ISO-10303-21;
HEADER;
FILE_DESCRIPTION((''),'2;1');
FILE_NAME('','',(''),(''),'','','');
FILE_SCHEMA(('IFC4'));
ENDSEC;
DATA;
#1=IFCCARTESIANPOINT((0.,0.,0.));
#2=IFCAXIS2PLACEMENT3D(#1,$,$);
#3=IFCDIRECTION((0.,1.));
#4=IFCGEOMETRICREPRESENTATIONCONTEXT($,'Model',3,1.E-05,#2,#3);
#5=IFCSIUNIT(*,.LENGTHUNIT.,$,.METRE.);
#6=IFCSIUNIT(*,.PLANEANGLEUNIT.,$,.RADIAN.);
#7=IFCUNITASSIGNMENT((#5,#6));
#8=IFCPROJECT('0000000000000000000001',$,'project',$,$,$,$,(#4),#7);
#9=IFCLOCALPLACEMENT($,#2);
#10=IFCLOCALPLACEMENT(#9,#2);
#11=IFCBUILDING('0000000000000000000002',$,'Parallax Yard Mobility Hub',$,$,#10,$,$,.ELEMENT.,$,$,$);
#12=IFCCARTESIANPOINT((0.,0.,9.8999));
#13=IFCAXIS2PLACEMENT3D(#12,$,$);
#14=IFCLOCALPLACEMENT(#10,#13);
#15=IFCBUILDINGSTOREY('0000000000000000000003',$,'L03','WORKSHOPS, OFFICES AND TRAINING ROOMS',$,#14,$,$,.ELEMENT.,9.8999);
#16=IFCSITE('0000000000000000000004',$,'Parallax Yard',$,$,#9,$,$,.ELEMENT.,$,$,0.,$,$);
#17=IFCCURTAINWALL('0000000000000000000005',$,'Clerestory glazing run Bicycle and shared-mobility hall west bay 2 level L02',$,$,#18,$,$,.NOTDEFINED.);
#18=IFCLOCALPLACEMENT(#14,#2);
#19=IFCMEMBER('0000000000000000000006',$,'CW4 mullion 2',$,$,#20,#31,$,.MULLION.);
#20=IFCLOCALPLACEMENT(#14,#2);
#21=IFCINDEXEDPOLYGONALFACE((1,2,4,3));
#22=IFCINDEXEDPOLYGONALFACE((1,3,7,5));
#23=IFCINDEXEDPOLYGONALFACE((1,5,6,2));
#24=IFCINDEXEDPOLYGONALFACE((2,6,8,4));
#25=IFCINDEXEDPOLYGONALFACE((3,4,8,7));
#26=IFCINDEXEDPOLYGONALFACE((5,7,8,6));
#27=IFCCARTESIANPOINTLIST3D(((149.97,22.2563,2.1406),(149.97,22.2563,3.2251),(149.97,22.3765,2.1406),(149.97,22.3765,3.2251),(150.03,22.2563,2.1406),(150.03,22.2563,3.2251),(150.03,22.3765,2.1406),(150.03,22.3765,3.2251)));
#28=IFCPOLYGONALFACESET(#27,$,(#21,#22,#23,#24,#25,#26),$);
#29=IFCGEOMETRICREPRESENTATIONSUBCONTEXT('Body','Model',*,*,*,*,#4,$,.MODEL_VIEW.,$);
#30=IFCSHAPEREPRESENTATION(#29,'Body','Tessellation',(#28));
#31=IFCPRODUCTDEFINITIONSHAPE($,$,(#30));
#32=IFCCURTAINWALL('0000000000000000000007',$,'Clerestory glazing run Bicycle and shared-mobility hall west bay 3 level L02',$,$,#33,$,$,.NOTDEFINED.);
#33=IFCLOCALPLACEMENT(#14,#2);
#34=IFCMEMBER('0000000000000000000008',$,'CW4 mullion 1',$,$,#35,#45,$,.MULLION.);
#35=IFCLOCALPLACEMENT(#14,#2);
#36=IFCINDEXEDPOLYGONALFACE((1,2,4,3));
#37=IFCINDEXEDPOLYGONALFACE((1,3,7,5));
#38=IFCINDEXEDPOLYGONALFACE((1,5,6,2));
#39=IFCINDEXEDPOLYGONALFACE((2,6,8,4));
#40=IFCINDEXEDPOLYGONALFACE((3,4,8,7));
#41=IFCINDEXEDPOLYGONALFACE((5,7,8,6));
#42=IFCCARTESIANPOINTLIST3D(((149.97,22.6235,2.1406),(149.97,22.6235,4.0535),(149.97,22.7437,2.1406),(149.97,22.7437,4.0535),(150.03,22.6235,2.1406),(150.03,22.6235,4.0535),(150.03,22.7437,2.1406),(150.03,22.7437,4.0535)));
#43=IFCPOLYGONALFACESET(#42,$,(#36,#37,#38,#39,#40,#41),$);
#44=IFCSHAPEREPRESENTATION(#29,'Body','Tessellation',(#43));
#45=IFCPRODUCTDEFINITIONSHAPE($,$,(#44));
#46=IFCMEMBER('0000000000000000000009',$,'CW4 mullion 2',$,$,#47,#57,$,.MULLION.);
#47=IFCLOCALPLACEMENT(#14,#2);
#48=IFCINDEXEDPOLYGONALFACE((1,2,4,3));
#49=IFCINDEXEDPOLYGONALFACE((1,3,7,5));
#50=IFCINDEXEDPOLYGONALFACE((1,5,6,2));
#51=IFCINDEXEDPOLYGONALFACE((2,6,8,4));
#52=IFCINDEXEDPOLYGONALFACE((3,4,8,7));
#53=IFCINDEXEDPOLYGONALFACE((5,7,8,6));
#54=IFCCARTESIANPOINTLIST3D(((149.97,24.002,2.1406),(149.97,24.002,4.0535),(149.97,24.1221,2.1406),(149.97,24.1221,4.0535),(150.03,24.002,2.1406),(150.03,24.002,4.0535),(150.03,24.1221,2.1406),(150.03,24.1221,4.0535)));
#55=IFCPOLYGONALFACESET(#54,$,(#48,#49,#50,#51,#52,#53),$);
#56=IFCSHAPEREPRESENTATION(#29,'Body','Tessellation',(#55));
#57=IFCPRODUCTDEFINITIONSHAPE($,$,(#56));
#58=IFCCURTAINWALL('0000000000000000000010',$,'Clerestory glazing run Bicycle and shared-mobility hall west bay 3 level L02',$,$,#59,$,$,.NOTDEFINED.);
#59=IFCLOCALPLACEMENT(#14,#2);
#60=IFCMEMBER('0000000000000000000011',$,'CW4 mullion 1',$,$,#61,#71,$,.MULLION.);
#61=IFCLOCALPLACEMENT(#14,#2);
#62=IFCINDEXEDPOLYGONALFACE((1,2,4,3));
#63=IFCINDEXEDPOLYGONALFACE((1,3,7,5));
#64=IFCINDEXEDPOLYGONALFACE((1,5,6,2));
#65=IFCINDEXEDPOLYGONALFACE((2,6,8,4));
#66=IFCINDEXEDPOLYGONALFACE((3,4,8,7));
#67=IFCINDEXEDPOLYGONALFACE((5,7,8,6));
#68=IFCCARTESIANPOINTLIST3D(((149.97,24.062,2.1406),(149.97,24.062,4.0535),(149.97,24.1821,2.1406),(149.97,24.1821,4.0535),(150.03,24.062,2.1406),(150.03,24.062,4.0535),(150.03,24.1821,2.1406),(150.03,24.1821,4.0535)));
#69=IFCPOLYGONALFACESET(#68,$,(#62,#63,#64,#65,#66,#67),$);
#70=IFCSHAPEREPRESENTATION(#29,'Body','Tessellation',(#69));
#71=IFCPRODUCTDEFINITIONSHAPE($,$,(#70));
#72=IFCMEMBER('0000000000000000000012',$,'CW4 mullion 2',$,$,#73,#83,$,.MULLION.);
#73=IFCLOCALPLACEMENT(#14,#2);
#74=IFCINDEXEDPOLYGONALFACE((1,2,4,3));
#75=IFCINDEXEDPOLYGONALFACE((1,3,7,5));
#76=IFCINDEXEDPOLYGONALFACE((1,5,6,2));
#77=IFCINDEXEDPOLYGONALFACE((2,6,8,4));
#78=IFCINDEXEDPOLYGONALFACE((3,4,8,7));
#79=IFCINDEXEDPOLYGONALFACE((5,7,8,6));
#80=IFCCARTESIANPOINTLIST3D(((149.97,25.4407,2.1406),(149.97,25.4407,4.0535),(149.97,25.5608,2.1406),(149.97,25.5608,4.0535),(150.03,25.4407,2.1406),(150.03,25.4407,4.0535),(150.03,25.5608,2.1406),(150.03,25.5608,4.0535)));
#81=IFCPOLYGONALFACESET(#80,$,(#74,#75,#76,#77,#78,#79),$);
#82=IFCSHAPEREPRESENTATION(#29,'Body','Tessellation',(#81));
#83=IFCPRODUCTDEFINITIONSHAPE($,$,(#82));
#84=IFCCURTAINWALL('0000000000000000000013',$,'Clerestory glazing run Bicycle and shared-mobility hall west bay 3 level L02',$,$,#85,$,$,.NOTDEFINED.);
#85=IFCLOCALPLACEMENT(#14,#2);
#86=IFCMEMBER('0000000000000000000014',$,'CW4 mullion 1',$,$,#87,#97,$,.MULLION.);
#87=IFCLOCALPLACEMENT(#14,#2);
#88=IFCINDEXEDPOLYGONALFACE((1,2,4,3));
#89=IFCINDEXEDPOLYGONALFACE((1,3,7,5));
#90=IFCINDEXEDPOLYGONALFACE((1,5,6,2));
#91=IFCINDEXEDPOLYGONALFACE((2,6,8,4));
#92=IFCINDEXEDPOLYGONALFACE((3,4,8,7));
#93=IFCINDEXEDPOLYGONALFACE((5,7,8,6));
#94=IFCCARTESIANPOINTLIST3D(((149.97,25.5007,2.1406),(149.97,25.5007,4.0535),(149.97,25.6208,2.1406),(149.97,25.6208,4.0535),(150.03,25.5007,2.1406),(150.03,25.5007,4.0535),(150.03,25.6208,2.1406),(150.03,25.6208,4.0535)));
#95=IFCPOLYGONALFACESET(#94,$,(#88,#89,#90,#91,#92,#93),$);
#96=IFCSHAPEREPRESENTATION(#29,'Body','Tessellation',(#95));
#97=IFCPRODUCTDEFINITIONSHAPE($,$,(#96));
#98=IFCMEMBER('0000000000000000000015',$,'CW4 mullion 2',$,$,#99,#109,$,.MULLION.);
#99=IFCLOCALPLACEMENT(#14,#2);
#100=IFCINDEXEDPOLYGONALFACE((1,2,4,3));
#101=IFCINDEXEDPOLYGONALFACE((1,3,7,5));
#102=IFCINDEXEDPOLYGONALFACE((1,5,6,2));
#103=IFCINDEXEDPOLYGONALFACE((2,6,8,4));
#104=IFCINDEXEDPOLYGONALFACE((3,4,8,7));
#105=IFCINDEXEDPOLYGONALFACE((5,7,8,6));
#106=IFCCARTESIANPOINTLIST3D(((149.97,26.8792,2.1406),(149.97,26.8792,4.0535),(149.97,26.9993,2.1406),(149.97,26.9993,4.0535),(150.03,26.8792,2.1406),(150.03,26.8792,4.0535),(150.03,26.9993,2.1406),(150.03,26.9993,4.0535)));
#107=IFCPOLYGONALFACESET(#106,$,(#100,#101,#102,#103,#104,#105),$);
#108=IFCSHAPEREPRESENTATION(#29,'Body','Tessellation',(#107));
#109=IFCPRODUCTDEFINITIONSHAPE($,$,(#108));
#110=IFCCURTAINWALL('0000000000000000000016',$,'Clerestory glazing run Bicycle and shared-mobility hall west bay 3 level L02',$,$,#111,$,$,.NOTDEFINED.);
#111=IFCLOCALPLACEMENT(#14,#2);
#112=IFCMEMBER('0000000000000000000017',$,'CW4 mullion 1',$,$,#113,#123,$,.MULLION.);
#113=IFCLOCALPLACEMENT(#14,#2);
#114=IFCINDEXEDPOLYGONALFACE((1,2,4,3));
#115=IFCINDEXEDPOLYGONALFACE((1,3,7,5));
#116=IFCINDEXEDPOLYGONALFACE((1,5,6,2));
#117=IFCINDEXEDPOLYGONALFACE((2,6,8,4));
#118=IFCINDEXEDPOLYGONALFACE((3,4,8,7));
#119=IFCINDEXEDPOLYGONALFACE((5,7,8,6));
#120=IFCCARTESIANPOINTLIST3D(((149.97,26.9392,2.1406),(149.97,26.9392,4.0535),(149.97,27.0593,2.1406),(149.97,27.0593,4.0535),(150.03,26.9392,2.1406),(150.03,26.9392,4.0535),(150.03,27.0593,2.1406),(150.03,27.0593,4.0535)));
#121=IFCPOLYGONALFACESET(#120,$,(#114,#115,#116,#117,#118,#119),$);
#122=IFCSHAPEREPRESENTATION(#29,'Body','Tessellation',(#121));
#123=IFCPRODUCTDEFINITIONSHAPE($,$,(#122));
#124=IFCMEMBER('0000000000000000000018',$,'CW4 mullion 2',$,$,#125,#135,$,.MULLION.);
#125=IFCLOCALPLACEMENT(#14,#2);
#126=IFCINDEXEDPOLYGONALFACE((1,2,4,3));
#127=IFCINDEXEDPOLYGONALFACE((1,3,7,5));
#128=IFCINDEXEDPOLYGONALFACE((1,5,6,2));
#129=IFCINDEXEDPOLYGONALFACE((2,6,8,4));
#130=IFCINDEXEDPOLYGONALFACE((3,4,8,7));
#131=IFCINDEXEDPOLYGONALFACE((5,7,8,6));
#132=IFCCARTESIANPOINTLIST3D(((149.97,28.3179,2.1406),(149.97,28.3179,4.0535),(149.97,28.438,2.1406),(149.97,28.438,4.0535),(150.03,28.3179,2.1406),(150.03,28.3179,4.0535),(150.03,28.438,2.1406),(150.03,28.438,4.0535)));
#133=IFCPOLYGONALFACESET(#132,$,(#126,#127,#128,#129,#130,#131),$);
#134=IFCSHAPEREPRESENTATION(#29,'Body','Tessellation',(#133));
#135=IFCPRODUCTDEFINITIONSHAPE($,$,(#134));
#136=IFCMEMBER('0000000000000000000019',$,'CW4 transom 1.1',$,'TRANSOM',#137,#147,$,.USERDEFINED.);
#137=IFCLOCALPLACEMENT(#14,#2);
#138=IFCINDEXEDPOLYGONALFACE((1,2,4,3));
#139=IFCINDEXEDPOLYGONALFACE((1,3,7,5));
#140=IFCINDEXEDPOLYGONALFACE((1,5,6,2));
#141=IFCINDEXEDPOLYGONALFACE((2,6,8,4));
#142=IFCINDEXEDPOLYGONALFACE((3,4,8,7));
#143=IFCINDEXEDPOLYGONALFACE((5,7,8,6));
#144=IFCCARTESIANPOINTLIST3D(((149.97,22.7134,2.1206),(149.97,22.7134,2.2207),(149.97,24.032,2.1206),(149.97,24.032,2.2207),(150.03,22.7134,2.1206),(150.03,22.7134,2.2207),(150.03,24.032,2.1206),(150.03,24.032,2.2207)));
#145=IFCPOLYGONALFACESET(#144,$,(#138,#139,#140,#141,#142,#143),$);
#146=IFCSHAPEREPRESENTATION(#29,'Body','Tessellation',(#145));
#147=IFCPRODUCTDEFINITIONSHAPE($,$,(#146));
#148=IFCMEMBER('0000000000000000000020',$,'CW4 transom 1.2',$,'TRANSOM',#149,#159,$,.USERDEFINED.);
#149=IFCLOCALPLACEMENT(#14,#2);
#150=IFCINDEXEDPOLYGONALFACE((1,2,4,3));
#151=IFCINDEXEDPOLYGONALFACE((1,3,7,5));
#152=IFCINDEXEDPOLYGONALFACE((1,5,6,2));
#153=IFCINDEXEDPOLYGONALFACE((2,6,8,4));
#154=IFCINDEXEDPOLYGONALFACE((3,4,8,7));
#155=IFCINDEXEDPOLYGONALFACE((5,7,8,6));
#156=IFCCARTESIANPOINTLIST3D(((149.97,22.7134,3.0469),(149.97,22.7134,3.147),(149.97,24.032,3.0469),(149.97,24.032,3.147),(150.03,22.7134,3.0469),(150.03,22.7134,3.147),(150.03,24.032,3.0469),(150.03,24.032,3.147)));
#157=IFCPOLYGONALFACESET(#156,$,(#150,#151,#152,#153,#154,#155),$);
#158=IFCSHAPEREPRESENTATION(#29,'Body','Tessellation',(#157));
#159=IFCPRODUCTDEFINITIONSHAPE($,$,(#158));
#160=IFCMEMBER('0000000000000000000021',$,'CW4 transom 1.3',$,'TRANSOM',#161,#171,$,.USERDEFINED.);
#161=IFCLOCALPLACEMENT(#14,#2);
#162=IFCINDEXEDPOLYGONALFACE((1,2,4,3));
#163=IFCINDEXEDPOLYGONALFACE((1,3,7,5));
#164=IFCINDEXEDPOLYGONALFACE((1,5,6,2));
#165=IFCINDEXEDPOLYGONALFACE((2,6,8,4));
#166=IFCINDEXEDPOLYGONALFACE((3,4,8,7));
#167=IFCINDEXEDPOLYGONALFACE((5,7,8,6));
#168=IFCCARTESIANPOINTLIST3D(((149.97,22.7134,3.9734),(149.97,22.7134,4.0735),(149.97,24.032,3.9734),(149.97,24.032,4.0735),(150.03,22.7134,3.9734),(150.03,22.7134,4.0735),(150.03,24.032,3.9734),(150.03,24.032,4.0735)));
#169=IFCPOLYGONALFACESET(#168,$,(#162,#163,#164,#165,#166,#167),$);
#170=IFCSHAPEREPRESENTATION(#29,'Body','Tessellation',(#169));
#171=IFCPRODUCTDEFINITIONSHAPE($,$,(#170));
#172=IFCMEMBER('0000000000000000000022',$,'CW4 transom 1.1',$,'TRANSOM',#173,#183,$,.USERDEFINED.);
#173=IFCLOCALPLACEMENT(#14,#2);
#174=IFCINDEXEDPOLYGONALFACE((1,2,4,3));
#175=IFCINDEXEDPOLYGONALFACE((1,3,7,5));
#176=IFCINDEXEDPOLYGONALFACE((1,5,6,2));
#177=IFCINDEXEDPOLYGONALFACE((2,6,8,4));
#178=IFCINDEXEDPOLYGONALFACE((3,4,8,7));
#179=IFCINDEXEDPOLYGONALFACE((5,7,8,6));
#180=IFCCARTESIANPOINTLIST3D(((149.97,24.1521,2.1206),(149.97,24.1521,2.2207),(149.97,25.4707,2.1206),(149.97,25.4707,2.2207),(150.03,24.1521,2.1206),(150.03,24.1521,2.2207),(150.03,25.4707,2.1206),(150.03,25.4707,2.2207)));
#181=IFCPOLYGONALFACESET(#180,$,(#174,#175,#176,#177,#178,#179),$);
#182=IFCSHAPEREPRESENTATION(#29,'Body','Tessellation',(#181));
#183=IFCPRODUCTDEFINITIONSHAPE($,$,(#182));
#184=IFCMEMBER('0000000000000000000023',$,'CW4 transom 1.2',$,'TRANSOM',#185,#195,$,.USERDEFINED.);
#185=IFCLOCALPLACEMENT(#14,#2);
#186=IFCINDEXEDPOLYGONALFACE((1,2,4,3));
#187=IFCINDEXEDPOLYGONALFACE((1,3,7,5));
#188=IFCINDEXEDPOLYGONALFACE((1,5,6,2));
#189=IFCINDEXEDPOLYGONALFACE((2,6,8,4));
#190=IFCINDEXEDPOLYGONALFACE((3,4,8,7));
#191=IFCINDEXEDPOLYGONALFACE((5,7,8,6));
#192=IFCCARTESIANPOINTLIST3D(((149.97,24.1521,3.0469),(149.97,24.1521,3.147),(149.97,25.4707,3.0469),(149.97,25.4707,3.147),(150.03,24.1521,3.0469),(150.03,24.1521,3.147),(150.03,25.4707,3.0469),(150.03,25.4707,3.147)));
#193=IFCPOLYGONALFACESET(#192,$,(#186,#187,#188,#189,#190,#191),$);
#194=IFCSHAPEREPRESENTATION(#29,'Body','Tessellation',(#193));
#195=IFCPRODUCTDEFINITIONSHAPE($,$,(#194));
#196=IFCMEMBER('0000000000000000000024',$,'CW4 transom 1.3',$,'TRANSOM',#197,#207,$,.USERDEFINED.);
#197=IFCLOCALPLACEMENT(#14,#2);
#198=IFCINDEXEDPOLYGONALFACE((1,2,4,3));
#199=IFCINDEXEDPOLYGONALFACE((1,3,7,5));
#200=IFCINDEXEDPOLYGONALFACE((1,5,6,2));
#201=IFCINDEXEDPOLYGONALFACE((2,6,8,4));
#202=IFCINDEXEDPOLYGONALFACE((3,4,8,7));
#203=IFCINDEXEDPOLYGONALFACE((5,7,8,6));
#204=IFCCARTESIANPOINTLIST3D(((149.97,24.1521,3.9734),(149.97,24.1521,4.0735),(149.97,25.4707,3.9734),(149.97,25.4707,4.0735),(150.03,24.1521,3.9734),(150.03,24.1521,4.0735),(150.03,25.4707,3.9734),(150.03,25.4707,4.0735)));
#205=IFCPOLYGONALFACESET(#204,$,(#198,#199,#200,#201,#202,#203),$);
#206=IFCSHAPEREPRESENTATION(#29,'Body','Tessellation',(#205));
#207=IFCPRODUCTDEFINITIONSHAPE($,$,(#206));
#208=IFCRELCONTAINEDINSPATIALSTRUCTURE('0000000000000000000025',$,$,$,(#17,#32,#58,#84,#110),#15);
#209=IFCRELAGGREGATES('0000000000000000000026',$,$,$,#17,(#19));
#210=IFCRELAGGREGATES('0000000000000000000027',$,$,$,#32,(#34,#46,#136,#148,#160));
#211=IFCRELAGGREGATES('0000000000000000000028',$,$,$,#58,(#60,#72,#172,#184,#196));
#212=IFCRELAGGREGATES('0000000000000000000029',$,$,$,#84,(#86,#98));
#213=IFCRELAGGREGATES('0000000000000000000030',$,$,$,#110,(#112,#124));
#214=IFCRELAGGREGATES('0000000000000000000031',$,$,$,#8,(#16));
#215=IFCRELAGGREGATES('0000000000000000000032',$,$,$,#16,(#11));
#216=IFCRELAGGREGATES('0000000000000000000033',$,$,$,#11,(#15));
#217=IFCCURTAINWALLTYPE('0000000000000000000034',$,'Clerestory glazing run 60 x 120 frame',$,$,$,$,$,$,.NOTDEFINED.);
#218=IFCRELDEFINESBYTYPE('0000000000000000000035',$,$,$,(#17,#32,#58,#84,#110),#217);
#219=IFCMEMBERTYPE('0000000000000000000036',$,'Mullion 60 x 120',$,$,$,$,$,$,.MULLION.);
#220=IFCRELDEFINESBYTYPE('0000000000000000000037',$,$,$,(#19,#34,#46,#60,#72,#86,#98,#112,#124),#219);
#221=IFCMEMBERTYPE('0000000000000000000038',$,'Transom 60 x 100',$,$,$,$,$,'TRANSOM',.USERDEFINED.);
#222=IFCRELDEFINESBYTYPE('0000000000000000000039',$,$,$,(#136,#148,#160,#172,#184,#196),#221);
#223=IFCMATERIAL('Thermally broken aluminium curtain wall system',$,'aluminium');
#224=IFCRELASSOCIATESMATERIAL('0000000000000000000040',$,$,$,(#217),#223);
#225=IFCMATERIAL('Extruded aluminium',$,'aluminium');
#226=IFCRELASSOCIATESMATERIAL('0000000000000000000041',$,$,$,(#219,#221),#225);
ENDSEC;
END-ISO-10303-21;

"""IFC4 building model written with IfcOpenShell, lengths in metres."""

from ifc_helpers import new_model, si_unit, direction, frame, origin, origin_2d, place, context, subcontext, project, spatial, rectangle, extrude, material, material_profile, profile_set, type_object, element, aggregate, save


model = new_model("IFC4")

# Units and contexts
model_context = context("Model", 3, precision=1e-05, world=origin(), true_north=direction((0.0, 1.0)))
body_context = subcontext(model_context, "Body", "Model", "MODEL_VIEW")
ifc_project = project(units=[si_unit("LENGTHUNIT", "METRE"), si_unit("PLANEANGLEUNIT", "RADIAN")], contexts=[model_context])

# Site, building, storey
site_placement = place(None, origin())
site = spatial("IfcSite", under=ifc_project, at=site_placement, Name="Parallax Yard", CompositionType="ELEMENT", RefElevation=0.0)
building_placement = place(site_placement, origin())
building = spatial("IfcBuilding", under=site, at=building_placement, Name="Parallax Yard Mobility Hub", CompositionType="ELEMENT")
storey_placement = place(building_placement, frame((0.0, 0.0, 9.8999)))
storey = spatial("IfcBuildingStorey", under=building, at=storey_placement, Name="L03", Description="WORKSHOPS, OFFICES AND TRAINING ROOMS", CompositionType="ELEMENT", Elevation=9.8999)

# Curtain wall, member
ifc_material_1 = material(Name="Thermally broken aluminium curtain wall system", Category="aluminium")
curtain_wall_type = type_object("IfcCurtainWallType", Name="Clerestory glazing run 60 x 120 frame", PredefinedType="NOTDEFINED", material=ifc_material_1)
curtain_wall_1_placement = place(storey_placement, origin())
curtain_wall_1 = element("IfcCurtainWall", 1, at=curtain_wall_1_placement, inside=storey, type_object=curtain_wall_type, Name="Clerestory glazing run Bicycle and shared-mobility hall west bay 2 level L02", PredefinedType="NOTDEFINED")
ifc_material_2 = material(Name="Extruded aluminium", Category="aluminium")
ifc_material_profile_1 = material_profile(ifc_material_2, rectangle(XDim=0.0601, YDim=0.1201, at=origin_2d()), Name="Mullion 60 x 120")
ifc_profile_set_1 = profile_set([ifc_material_profile_1], Name="Extruded aluminium")
member_type_1 = type_object("IfcMemberType", Name="Mullion 60 x 120", PredefinedType="MULLION", material=ifc_profile_set_1)
member_1_placement = place(storey_placement, frame((150.0, 22.3164, 2.1406), z_axis=(0.0, 0.0, 1.0), x_axis=(-1.0, 0.0, 0.0)))
member_1 = element("IfcMember", 2, at=member_1_placement, type_object=member_type_1, Name="CW4 mullion 2", PredefinedType="MULLION", context=body_context, shape_type="SweptSolid", body=[
    extrude(rectangle(XDim=0.0601, YDim=0.1201, at=origin_2d()), origin(), (0.0, 0.0, 1.0), 1.0845),
])

# Curtain walls, members
curtain_wall_2_placement = place(storey_placement, origin())
curtain_wall_2 = element("IfcCurtainWall", 3, at=curtain_wall_2_placement, inside=storey, type_object=curtain_wall_type, Name="Clerestory glazing run Bicycle and shared-mobility hall west bay 3 level L02", PredefinedType="NOTDEFINED")
member_2_placement = place(storey_placement, frame((150.0, 22.6836, 2.1406), z_axis=(0.0, 0.0, 1.0), x_axis=(-1.0, 0.0, 0.0)))
member_2 = element("IfcMember", 4, at=member_2_placement, type_object=member_type_1, Name="CW4 mullion 1", PredefinedType="MULLION", context=body_context, shape_type="SweptSolid", body=[
    extrude(rectangle(XDim=0.0601, YDim=0.1201, at=origin_2d()), origin(), (0.0, 0.0, 1.0), 1.9128),
])
member_3_placement = place(storey_placement, frame((150.0, 24.062, 2.1406), z_axis=(0.0, 0.0, 1.0), x_axis=(-1.0, 0.0, 0.0)))
member_3 = element("IfcMember", 5, at=member_3_placement, type_object=member_type_1, Name="CW4 mullion 2", PredefinedType="MULLION", context=body_context, shape_type="SweptSolid", body=[
    extrude(rectangle(XDim=0.0601, YDim=0.1201, at=origin_2d()), origin(), (0.0, 0.0, 1.0), 1.9128),
])
curtain_wall_3_placement = place(storey_placement, origin())
curtain_wall_3 = element("IfcCurtainWall", 6, at=curtain_wall_3_placement, inside=storey, type_object=curtain_wall_type, Name="Clerestory glazing run Bicycle and shared-mobility hall west bay 3 level L02", PredefinedType="NOTDEFINED")
member_4_placement = place(storey_placement, frame((150.0, 24.1221, 2.1406), z_axis=(0.0, 0.0, 1.0), x_axis=(-1.0, 0.0, 0.0)))
member_4 = element("IfcMember", 7, at=member_4_placement, type_object=member_type_1, Name="CW4 mullion 1", PredefinedType="MULLION", context=body_context, shape_type="SweptSolid", body=[
    extrude(rectangle(XDim=0.0601, YDim=0.1201, at=origin_2d()), origin(), (0.0, 0.0, 1.0), 1.9128),
])
member_5_placement = place(storey_placement, frame((150.0, 25.5007, 2.1406), z_axis=(0.0, 0.0, 1.0), x_axis=(-1.0, 0.0, 0.0)))
member_5 = element("IfcMember", 8, at=member_5_placement, type_object=member_type_1, Name="CW4 mullion 2", PredefinedType="MULLION", context=body_context, shape_type="SweptSolid", body=[
    extrude(rectangle(XDim=0.0601, YDim=0.1201, at=origin_2d()), origin(), (0.0, 0.0, 1.0), 1.9128),
])
curtain_wall_4_placement = place(storey_placement, origin())
curtain_wall_4 = element("IfcCurtainWall", 9, at=curtain_wall_4_placement, inside=storey, type_object=curtain_wall_type, Name="Clerestory glazing run Bicycle and shared-mobility hall west bay 3 level L02", PredefinedType="NOTDEFINED")
member_6_placement = place(storey_placement, frame((150.0, 25.5608, 2.1406), z_axis=(0.0, 0.0, 1.0), x_axis=(-1.0, 0.0, 0.0)))
member_6 = element("IfcMember", 10, at=member_6_placement, type_object=member_type_1, Name="CW4 mullion 1", PredefinedType="MULLION", context=body_context, shape_type="SweptSolid", body=[
    extrude(rectangle(XDim=0.0601, YDim=0.1201, at=origin_2d()), origin(), (0.0, 0.0, 1.0), 1.9128),
])
member_7_placement = place(storey_placement, frame((150.0, 26.9392, 2.1406), z_axis=(0.0, 0.0, 1.0), x_axis=(-1.0, 0.0, 0.0)))
member_7 = element("IfcMember", 11, at=member_7_placement, type_object=member_type_1, Name="CW4 mullion 2", PredefinedType="MULLION", context=body_context, shape_type="SweptSolid", body=[
    extrude(rectangle(XDim=0.0601, YDim=0.1201, at=origin_2d()), origin(), (0.0, 0.0, 1.0), 1.9128),
])
curtain_wall_5_placement = place(storey_placement, origin())
curtain_wall_5 = element("IfcCurtainWall", 12, at=curtain_wall_5_placement, inside=storey, type_object=curtain_wall_type, Name="Clerestory glazing run Bicycle and shared-mobility hall west bay 3 level L02", PredefinedType="NOTDEFINED")
member_8_placement = place(storey_placement, frame((150.0, 26.9993, 2.1406), z_axis=(0.0, 0.0, 1.0), x_axis=(-1.0, 0.0, 0.0)))
member_8 = element("IfcMember", 13, at=member_8_placement, type_object=member_type_1, Name="CW4 mullion 1", PredefinedType="MULLION", context=body_context, shape_type="SweptSolid", body=[
    extrude(rectangle(XDim=0.0601, YDim=0.1201, at=origin_2d()), origin(), (0.0, 0.0, 1.0), 1.9128),
])
member_9_placement = place(storey_placement, frame((150.0, 28.3779, 2.1406), z_axis=(0.0, 0.0, 1.0), x_axis=(-1.0, 0.0, 0.0)))
member_9 = element("IfcMember", 14, at=member_9_placement, type_object=member_type_1, Name="CW4 mullion 2", PredefinedType="MULLION", context=body_context, shape_type="SweptSolid", body=[
    extrude(rectangle(XDim=0.0601, YDim=0.1201, at=origin_2d()), origin(), (0.0, 0.0, 1.0), 1.9128),
])

# Members
ifc_material_profile_2 = material_profile(ifc_material_2, rectangle(XDim=0.0601, YDim=0.1001, at=origin_2d()), Name="Transom 60 x 100")
ifc_profile_set_2 = profile_set([ifc_material_profile_2], Name="Extruded aluminium")
member_type_2 = type_object("IfcMemberType", Name="Transom 60 x 100", ElementType="TRANSOM", PredefinedType="USERDEFINED", material=ifc_profile_set_2)
member_10_placement = place(storey_placement, frame((150.0, 22.7134, 2.1707), z_axis=(0.0, 1.0, 0.0), x_axis=(-1.0, 0.0, 0.0)))
member_10 = element("IfcMember", 15, at=member_10_placement, type_object=member_type_2, Name="CW4 transom 1.1", ObjectType="TRANSOM", PredefinedType="USERDEFINED", context=body_context, shape_type="SweptSolid", body=[
    extrude(rectangle(XDim=0.0601, YDim=0.1001, at=origin_2d()), origin(), (0.0, 0.0, 1.0), 1.3186),
])
member_11_placement = place(storey_placement, frame((150.0, 22.7134, 3.0969), z_axis=(0.0, 1.0, 0.0), x_axis=(-1.0, 0.0, 0.0)))
member_11 = element("IfcMember", 16, at=member_11_placement, type_object=member_type_2, Name="CW4 transom 1.2", ObjectType="TRANSOM", PredefinedType="USERDEFINED", context=body_context, shape_type="SweptSolid", body=[
    extrude(rectangle(XDim=0.0601, YDim=0.1001, at=origin_2d()), origin(), (0.0, 0.0, 1.0), 1.3186),
])
member_12_placement = place(storey_placement, frame((150.0, 22.7134, 4.0234), z_axis=(0.0, 1.0, 0.0), x_axis=(-1.0, 0.0, 0.0)))
member_12 = element("IfcMember", 17, at=member_12_placement, type_object=member_type_2, Name="CW4 transom 1.3", ObjectType="TRANSOM", PredefinedType="USERDEFINED", context=body_context, shape_type="SweptSolid", body=[
    extrude(rectangle(XDim=0.0601, YDim=0.1001, at=origin_2d()), origin(), (0.0, 0.0, 1.0), 1.3186),
])
member_13_placement = place(storey_placement, frame((150.0, 24.1521, 2.1707), z_axis=(0.0, 1.0, 0.0), x_axis=(-1.0, 0.0, 0.0)))
member_13 = element("IfcMember", 18, at=member_13_placement, type_object=member_type_2, Name="CW4 transom 1.1", ObjectType="TRANSOM", PredefinedType="USERDEFINED", context=body_context, shape_type="SweptSolid", body=[
    extrude(rectangle(XDim=0.0601, YDim=0.1001, at=origin_2d()), origin(), (0.0, 0.0, 1.0), 1.3186),
])
member_14_placement = place(storey_placement, frame((150.0, 24.1521, 3.0969), z_axis=(0.0, 1.0, 0.0), x_axis=(-1.0, 0.0, 0.0)))
member_14 = element("IfcMember", 19, at=member_14_placement, type_object=member_type_2, Name="CW4 transom 1.2", ObjectType="TRANSOM", PredefinedType="USERDEFINED", context=body_context, shape_type="SweptSolid", body=[
    extrude(rectangle(XDim=0.0601, YDim=0.1001, at=origin_2d()), origin(), (0.0, 0.0, 1.0), 1.3186),
])
member_15_placement = place(storey_placement, frame((150.0, 24.1521, 4.0234), z_axis=(0.0, 1.0, 0.0), x_axis=(-1.0, 0.0, 0.0)))
member_15 = element("IfcMember", 20, at=member_15_placement, type_object=member_type_2, Name="CW4 transom 1.3", ObjectType="TRANSOM", PredefinedType="USERDEFINED", context=body_context, shape_type="SweptSolid", body=[
    extrude(rectangle(XDim=0.0601, YDim=0.1001, at=origin_2d()), origin(), (0.0, 0.0, 1.0), 1.3186),
])

aggregate(curtain_wall_1, [member_1])
aggregate(curtain_wall_2, [member_2, member_3, member_10, member_11, member_12])
aggregate(curtain_wall_3, [member_4, member_5, member_13, member_14, member_15])
aggregate(curtain_wall_4, [member_6, member_7])
aggregate(curtain_wall_5, [member_8, member_9])

save(model, "model.ifc")
